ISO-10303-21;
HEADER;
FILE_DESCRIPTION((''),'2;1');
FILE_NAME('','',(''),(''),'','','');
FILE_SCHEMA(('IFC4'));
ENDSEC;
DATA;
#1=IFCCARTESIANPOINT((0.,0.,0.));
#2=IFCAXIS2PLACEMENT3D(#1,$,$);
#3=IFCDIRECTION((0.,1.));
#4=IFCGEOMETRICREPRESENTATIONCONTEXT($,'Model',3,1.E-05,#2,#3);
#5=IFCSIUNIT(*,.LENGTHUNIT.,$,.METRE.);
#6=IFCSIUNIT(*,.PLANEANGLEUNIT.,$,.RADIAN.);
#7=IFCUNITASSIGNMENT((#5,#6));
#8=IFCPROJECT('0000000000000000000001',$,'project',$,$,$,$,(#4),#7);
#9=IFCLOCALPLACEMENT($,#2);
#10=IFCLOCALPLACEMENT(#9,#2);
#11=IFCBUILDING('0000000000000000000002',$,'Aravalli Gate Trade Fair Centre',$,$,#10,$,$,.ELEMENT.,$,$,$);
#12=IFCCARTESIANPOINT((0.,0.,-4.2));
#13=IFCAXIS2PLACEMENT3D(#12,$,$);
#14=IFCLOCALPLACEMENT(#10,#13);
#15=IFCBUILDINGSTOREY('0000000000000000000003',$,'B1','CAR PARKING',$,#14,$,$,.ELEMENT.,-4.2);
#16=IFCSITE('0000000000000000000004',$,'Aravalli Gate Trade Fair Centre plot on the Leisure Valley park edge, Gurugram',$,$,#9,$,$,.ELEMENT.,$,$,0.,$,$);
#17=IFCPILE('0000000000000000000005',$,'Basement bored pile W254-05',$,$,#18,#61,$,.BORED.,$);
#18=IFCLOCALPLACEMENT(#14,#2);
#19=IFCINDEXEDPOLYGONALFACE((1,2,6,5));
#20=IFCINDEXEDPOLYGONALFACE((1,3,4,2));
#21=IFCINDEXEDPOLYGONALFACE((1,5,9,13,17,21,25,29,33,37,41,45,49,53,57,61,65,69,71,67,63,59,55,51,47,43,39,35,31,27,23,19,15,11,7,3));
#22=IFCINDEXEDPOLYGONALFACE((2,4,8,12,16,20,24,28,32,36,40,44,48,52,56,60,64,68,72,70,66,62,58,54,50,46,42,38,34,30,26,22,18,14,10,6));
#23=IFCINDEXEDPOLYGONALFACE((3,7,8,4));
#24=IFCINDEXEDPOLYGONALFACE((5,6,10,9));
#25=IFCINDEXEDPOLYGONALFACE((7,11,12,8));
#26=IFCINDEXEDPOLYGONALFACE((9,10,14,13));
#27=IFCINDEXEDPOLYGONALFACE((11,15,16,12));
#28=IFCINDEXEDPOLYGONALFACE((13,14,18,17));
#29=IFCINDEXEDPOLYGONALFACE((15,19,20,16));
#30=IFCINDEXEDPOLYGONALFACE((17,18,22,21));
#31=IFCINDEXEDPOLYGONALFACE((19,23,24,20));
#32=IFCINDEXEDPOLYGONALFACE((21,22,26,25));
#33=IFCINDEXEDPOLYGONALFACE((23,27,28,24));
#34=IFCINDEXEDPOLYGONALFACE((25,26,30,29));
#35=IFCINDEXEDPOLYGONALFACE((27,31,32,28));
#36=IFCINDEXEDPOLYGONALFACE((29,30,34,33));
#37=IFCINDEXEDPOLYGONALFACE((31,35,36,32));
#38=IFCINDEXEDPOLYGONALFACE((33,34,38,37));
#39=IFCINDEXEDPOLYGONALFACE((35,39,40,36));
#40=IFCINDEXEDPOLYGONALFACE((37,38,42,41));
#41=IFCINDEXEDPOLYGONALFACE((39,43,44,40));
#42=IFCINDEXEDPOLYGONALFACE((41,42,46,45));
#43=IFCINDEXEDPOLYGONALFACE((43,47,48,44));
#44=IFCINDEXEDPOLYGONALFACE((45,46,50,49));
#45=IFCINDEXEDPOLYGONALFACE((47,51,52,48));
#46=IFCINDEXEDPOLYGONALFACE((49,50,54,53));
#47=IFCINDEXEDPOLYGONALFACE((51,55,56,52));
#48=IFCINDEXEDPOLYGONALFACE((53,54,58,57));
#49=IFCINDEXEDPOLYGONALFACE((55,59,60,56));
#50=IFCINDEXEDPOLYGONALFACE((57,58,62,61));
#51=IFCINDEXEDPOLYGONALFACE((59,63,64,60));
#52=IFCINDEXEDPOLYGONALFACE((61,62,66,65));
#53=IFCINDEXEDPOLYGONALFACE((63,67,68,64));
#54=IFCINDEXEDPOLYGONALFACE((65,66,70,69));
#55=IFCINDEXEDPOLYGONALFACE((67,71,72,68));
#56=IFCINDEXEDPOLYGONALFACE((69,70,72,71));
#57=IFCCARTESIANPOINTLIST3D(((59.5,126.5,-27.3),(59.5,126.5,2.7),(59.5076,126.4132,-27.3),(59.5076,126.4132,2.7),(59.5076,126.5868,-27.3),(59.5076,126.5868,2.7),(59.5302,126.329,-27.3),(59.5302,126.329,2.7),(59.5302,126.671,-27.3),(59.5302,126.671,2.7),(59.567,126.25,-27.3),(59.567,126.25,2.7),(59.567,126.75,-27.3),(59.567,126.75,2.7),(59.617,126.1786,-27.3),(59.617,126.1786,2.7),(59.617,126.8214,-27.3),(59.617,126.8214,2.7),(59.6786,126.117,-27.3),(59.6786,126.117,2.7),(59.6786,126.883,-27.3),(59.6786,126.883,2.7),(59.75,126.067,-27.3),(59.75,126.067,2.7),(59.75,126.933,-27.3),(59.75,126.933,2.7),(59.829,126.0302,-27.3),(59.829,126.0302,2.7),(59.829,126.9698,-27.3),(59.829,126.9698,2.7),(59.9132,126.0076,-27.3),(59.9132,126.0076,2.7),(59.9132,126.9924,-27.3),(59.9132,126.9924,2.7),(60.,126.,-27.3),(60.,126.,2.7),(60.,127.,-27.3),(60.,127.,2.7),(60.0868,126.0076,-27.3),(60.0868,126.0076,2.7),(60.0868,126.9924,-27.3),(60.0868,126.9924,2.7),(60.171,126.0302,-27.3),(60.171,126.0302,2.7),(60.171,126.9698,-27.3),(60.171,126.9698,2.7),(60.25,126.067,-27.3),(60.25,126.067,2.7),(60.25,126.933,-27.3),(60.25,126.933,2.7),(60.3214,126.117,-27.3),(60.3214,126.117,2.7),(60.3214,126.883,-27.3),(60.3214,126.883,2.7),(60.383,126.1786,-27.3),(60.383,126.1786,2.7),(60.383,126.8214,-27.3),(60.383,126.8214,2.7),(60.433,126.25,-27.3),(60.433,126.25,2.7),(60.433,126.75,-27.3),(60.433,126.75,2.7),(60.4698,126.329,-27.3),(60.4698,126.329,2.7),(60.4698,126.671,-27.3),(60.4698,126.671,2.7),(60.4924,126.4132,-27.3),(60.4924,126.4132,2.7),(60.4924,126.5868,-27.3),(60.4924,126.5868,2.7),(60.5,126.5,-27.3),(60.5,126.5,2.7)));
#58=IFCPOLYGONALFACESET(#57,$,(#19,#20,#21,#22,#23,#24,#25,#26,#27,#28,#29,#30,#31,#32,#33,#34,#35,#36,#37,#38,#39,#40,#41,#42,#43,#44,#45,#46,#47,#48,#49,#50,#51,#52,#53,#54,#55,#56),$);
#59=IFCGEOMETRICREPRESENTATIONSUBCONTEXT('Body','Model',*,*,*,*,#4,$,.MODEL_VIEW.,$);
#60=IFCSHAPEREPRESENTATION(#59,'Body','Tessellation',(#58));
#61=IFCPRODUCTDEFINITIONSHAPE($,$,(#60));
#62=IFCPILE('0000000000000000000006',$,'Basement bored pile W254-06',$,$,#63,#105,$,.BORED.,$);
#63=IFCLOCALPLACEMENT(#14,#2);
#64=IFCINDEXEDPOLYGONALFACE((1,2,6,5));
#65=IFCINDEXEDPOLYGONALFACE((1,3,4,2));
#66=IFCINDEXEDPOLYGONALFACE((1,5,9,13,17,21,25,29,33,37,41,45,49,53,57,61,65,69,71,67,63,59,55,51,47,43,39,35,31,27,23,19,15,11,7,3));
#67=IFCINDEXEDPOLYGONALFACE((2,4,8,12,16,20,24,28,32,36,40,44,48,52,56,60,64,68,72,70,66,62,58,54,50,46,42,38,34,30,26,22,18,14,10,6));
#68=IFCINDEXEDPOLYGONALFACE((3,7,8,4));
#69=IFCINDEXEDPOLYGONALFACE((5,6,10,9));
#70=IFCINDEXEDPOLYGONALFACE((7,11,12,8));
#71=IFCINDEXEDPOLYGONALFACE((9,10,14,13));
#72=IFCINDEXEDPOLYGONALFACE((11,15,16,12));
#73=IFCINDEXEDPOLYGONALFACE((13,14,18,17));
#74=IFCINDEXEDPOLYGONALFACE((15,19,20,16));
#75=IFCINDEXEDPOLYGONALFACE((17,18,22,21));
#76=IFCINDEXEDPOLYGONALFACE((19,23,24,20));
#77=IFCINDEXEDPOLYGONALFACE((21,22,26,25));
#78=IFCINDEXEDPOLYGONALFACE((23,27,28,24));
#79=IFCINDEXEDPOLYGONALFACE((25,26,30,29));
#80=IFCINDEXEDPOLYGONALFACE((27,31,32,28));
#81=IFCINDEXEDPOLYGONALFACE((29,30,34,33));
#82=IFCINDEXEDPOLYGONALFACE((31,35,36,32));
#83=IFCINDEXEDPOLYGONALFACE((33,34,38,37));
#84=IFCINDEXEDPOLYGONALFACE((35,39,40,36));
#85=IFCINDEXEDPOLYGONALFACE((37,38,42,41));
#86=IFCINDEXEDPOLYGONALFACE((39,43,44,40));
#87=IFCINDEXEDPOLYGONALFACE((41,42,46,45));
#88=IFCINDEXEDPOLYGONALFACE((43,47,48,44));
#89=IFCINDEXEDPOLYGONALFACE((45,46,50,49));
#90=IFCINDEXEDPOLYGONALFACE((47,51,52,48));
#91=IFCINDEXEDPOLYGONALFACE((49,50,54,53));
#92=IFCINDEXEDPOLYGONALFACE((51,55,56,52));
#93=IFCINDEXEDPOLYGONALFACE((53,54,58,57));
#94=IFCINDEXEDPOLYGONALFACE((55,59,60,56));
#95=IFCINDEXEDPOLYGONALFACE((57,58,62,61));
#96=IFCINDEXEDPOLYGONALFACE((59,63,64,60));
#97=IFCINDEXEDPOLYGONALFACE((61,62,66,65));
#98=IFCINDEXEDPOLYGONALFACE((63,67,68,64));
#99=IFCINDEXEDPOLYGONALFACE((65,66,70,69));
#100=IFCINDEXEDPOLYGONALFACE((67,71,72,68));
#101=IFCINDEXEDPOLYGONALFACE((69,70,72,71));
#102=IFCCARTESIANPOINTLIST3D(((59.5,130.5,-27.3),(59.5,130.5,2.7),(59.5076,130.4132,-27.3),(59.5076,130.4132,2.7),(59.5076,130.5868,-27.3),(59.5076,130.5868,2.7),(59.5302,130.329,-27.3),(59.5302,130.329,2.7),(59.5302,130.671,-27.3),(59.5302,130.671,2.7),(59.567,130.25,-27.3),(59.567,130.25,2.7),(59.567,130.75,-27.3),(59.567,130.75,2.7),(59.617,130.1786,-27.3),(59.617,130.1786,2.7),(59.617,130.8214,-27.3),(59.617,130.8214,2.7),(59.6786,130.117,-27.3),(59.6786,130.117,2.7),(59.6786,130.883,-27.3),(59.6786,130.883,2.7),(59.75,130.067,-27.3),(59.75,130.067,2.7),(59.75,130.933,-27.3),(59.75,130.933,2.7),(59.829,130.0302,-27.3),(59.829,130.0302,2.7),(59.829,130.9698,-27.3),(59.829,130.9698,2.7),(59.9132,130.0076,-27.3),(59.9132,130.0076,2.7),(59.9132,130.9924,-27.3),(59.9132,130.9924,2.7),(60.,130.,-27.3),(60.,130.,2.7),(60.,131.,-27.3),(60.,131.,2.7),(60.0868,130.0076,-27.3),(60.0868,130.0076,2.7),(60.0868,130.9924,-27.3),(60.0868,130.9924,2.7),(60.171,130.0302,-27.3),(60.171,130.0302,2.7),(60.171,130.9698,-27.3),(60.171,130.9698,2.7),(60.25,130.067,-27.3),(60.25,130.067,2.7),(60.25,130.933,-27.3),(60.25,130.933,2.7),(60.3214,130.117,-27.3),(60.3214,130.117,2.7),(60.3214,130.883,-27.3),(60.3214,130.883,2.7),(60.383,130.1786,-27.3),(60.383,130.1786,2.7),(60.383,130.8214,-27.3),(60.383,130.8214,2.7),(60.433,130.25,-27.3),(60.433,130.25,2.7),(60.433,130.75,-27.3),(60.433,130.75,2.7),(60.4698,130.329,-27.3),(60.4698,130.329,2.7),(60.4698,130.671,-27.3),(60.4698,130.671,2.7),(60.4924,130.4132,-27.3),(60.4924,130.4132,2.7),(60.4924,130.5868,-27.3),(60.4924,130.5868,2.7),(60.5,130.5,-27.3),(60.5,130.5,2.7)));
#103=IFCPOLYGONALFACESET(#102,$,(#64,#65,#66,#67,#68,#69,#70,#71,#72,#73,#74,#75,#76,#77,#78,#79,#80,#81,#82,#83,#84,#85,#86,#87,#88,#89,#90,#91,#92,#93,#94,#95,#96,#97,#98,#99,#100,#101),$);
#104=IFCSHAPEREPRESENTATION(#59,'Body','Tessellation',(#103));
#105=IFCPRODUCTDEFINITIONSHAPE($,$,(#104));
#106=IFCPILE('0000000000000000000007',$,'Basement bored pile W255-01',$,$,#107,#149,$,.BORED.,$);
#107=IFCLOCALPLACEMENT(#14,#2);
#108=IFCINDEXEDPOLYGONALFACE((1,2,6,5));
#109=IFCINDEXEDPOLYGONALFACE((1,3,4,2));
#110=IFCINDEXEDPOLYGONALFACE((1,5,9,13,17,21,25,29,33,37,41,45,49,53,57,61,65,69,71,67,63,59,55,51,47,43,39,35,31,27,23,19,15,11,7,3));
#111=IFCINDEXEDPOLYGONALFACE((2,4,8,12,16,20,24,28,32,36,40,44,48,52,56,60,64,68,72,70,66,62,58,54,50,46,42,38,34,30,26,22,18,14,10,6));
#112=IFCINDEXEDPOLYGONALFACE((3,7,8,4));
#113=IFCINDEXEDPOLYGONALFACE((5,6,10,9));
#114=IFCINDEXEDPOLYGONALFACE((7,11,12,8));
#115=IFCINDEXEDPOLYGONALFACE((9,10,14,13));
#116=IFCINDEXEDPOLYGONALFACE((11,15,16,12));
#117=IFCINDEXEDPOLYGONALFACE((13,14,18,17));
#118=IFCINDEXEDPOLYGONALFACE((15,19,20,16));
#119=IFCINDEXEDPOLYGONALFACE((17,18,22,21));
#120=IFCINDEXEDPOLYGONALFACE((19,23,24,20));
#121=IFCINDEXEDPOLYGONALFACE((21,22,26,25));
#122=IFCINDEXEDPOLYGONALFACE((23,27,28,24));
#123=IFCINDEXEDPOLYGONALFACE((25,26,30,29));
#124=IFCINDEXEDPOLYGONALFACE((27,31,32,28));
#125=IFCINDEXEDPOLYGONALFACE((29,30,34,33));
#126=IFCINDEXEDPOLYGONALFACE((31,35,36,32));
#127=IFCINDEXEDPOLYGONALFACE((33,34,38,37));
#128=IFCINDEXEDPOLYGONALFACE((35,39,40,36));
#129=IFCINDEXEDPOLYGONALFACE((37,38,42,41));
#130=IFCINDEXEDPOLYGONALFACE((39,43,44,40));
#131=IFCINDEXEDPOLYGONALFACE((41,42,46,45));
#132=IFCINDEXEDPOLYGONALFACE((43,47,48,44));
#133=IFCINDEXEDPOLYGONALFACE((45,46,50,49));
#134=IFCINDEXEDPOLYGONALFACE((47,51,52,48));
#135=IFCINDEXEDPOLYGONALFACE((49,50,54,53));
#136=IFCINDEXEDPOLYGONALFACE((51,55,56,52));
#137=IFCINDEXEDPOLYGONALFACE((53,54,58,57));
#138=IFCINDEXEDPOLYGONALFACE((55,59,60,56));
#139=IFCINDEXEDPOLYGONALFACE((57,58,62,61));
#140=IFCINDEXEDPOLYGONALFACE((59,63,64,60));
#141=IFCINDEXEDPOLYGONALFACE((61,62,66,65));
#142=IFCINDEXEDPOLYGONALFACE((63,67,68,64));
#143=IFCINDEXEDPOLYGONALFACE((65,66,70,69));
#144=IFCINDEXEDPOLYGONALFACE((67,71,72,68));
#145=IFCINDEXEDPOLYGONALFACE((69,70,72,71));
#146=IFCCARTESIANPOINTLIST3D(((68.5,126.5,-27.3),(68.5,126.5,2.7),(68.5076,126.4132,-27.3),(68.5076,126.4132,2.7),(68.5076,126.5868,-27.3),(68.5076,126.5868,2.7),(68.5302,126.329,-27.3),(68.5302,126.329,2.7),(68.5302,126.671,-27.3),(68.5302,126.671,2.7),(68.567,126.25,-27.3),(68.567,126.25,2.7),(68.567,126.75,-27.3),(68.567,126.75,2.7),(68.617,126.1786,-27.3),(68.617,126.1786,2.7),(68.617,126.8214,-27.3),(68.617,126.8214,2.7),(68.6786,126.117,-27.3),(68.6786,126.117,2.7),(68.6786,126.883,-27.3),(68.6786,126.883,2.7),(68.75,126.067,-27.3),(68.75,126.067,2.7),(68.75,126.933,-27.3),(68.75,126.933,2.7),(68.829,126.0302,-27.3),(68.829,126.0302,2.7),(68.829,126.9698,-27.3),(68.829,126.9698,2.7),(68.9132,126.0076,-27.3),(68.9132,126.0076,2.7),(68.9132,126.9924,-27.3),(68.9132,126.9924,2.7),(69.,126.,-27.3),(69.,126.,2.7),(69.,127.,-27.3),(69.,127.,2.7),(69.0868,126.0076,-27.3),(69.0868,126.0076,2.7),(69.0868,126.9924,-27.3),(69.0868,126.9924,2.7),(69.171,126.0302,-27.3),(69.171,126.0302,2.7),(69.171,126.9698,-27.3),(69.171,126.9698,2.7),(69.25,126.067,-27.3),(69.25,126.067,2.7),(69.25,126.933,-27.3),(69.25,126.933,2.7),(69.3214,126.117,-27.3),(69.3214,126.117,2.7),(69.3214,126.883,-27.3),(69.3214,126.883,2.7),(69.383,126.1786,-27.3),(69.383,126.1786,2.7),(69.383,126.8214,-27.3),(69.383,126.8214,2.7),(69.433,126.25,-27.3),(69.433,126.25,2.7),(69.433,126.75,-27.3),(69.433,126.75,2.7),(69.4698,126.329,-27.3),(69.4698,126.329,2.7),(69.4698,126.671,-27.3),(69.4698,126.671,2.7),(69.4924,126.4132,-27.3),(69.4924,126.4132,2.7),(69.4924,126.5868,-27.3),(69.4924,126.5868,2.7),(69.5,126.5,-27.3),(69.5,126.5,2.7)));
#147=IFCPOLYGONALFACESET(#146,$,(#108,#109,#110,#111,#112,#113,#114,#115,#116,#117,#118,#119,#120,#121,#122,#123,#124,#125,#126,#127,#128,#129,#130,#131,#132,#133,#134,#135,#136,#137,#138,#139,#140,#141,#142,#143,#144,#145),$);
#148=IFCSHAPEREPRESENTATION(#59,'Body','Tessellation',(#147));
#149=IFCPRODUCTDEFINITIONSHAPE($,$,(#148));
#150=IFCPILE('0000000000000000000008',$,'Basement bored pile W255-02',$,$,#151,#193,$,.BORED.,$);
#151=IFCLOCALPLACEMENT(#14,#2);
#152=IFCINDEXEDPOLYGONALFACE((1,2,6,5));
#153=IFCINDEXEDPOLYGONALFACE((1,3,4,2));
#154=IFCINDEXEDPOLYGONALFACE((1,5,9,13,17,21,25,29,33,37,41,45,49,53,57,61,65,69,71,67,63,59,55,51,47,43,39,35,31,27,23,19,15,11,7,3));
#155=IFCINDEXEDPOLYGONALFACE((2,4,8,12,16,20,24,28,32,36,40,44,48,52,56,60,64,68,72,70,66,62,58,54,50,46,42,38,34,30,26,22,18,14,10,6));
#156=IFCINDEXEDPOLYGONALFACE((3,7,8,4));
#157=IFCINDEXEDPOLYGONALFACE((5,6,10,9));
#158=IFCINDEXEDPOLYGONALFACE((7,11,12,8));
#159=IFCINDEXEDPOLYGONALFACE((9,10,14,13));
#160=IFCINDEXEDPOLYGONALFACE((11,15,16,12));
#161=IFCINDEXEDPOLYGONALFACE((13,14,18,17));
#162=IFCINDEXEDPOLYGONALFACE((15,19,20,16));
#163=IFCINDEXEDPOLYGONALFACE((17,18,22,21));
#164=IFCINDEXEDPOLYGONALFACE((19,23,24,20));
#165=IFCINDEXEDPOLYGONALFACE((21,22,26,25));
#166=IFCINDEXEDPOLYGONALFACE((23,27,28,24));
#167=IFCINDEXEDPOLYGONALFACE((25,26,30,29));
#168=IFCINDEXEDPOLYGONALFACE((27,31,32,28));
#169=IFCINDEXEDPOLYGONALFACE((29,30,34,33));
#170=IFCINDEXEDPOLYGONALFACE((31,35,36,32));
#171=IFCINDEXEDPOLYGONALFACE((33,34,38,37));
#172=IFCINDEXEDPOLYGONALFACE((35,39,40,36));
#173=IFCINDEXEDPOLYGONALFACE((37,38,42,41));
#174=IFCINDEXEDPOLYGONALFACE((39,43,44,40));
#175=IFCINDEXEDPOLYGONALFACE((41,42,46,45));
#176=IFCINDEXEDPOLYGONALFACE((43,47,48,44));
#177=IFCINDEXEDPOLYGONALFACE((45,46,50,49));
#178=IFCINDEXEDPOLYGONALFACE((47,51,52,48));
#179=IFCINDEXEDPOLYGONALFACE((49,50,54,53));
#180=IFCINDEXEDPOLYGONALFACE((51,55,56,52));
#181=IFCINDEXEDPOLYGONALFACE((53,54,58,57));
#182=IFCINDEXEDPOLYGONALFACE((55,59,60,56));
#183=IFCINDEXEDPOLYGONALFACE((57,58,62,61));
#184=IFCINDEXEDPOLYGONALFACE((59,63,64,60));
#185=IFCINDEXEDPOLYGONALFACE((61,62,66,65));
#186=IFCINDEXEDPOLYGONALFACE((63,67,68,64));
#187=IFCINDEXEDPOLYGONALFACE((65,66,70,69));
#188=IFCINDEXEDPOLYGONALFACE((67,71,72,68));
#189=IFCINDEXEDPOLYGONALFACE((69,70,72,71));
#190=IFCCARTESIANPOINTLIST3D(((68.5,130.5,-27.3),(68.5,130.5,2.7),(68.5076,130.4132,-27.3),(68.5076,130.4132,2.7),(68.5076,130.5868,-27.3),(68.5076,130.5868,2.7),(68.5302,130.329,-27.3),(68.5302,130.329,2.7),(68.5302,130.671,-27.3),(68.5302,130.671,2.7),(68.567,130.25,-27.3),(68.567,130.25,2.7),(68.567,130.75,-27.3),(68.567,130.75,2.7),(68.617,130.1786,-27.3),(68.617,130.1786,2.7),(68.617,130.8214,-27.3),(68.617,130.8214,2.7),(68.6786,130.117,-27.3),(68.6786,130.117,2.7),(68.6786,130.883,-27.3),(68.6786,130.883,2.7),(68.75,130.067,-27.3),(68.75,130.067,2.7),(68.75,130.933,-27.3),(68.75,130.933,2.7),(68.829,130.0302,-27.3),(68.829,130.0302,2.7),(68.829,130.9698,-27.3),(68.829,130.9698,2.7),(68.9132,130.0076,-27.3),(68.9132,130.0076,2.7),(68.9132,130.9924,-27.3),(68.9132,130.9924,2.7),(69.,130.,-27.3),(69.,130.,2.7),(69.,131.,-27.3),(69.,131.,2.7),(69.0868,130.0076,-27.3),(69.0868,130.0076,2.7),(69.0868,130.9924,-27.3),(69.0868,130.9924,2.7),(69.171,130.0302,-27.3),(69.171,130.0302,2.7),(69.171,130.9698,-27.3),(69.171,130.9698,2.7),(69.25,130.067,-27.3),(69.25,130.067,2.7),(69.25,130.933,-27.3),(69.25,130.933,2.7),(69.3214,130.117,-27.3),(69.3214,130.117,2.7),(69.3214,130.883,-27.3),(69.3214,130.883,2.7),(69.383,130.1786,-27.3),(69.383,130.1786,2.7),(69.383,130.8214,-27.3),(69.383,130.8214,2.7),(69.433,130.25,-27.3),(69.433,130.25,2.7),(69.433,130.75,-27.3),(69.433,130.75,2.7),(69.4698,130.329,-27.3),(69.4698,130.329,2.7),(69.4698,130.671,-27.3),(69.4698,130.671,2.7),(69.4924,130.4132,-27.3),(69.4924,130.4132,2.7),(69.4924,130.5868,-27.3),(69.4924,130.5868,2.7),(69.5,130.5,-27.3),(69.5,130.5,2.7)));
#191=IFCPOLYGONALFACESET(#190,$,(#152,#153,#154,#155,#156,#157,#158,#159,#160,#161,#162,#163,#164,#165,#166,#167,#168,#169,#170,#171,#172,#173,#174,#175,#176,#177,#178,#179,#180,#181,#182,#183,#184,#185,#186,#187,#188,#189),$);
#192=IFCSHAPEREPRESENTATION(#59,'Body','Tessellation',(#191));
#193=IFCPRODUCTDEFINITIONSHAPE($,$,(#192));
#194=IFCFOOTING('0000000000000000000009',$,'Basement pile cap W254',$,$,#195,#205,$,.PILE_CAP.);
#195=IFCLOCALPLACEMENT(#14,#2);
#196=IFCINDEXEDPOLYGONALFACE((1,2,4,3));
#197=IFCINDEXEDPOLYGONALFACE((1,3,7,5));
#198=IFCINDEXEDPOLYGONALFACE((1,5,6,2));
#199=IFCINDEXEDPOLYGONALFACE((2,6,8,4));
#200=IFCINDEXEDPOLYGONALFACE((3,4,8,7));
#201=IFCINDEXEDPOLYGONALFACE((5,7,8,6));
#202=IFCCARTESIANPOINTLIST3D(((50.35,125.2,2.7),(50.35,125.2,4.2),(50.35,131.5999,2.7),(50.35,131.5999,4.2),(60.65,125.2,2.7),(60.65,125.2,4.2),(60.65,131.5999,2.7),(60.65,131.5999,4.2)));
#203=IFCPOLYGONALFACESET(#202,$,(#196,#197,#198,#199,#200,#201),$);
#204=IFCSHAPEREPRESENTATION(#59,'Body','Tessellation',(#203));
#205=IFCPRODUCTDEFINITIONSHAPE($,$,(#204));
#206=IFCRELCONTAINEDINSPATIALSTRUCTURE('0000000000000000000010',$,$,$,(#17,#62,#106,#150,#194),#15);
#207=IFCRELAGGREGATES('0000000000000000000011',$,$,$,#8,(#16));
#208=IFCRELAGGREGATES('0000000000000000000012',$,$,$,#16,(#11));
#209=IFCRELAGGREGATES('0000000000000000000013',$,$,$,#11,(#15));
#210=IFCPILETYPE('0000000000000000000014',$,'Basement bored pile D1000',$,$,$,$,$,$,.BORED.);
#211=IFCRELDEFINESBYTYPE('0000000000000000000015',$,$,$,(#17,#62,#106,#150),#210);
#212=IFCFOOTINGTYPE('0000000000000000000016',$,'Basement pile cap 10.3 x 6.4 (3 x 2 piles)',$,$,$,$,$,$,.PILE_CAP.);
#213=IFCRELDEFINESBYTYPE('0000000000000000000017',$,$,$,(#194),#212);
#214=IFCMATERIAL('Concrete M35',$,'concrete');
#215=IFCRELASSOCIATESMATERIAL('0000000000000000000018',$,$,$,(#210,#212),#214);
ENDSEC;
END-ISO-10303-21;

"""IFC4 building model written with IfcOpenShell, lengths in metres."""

from ifc_helpers import new_model, si_unit, direction, frame, origin, origin_2d, place, context, subcontext, project, spatial, rectangle, circle, extrude, material, material_profile, profile_set, type_object, element, save


model = new_model("IFC4")

# Units and contexts
model_context = context("Model", 3, precision=1e-05, world=origin(), true_north=direction((0.0, 1.0)))
body_context = subcontext(model_context, "Body", "Model", "MODEL_VIEW")
ifc_project = project(units=[si_unit("LENGTHUNIT", "METRE"), si_unit("PLANEANGLEUNIT", "RADIAN")], contexts=[model_context])

# Site, building, storey
site_placement = place(None, origin())
site = spatial("IfcSite", under=ifc_project, at=site_placement, Name="Aravalli Gate Trade Fair Centre plot on the Leisure Valley park edge, Gurugram", CompositionType="ELEMENT", RefElevation=0.0)
building_placement = place(site_placement, origin())
building = spatial("IfcBuilding", under=site, at=building_placement, Name="Aravalli Gate Trade Fair Centre", CompositionType="ELEMENT")
storey_placement = place(building_placement, frame((0.0, 0.0, -4.2)))
storey = spatial("IfcBuildingStorey", under=building, at=storey_placement, Name="B1", Description="CAR PARKING", CompositionType="ELEMENT", Elevation=-4.2)

# Piles
ifc_material_1 = material(Name="Concrete M35", Category="concrete")
ifc_material_profile_1 = material_profile(ifc_material_1, circle(Radius=0.5, at=origin_2d()), Name="D1000")
ifc_profile_set_1 = profile_set([ifc_material_profile_1], Name="Concrete M35")
pile_type = type_object("IfcPileType", Name="Basement bored pile D1000", PredefinedType="BORED", material=ifc_profile_set_1)
for number, where, z_axis, x_axis, name in (
    (1, (60.0, 126.5, 2.7), (0.0, 0.0, -1.0), (1.0, 0.0, 0.0), "Basement bored pile W254-05"),
    (2, (60.0, 130.5, 2.7), (0.0, 0.0, -1.0), (1.0, 0.0, 0.0), "Basement bored pile W254-06"),
    (3, (69.0, 126.5, 2.7), (0.0, 0.0, -1.0), (1.0, 0.0, 0.0), "Basement bored pile W255-01"),
    (4, (69.0, 130.5, 2.7), (0.0, 0.0, -1.0), (1.0, 0.0, 0.0), "Basement bored pile W255-02"),
):
    element("IfcPile", number, at=place(storey_placement, frame(where, z_axis=z_axis, x_axis=x_axis)), inside=storey, type_object=pile_type, Name=name, PredefinedType="BORED", context=body_context, shape_type="SweptSolid", body=[
        extrude(circle(Radius=0.5, at=origin_2d()), origin(), (0.0, 0.0, 1.0), 30.0),
    ])

# Footing
footing_type = type_object("IfcFootingType", Name="Basement pile cap 10.3 x 6.4 (3 x 2 piles)", PredefinedType="PILE_CAP", material=ifc_material_1)
footing_placement = place(storey_placement, frame((55.5, 128.3999, 2.7), z_axis=(0.0, 0.0, 1.0), x_axis=(1.0, 0.0, 0.0)))
element("IfcFooting", 5, at=footing_placement, inside=storey, type_object=footing_type, Name="Basement pile cap W254", PredefinedType="PILE_CAP", context=body_context, shape_type="SweptSolid", body=[
    extrude(rectangle(XDim=10.3, YDim=6.3999, at=origin_2d()), origin(), (0.0, 0.0, 1.0), 1.5),
])

save(model, "model.ifc")
